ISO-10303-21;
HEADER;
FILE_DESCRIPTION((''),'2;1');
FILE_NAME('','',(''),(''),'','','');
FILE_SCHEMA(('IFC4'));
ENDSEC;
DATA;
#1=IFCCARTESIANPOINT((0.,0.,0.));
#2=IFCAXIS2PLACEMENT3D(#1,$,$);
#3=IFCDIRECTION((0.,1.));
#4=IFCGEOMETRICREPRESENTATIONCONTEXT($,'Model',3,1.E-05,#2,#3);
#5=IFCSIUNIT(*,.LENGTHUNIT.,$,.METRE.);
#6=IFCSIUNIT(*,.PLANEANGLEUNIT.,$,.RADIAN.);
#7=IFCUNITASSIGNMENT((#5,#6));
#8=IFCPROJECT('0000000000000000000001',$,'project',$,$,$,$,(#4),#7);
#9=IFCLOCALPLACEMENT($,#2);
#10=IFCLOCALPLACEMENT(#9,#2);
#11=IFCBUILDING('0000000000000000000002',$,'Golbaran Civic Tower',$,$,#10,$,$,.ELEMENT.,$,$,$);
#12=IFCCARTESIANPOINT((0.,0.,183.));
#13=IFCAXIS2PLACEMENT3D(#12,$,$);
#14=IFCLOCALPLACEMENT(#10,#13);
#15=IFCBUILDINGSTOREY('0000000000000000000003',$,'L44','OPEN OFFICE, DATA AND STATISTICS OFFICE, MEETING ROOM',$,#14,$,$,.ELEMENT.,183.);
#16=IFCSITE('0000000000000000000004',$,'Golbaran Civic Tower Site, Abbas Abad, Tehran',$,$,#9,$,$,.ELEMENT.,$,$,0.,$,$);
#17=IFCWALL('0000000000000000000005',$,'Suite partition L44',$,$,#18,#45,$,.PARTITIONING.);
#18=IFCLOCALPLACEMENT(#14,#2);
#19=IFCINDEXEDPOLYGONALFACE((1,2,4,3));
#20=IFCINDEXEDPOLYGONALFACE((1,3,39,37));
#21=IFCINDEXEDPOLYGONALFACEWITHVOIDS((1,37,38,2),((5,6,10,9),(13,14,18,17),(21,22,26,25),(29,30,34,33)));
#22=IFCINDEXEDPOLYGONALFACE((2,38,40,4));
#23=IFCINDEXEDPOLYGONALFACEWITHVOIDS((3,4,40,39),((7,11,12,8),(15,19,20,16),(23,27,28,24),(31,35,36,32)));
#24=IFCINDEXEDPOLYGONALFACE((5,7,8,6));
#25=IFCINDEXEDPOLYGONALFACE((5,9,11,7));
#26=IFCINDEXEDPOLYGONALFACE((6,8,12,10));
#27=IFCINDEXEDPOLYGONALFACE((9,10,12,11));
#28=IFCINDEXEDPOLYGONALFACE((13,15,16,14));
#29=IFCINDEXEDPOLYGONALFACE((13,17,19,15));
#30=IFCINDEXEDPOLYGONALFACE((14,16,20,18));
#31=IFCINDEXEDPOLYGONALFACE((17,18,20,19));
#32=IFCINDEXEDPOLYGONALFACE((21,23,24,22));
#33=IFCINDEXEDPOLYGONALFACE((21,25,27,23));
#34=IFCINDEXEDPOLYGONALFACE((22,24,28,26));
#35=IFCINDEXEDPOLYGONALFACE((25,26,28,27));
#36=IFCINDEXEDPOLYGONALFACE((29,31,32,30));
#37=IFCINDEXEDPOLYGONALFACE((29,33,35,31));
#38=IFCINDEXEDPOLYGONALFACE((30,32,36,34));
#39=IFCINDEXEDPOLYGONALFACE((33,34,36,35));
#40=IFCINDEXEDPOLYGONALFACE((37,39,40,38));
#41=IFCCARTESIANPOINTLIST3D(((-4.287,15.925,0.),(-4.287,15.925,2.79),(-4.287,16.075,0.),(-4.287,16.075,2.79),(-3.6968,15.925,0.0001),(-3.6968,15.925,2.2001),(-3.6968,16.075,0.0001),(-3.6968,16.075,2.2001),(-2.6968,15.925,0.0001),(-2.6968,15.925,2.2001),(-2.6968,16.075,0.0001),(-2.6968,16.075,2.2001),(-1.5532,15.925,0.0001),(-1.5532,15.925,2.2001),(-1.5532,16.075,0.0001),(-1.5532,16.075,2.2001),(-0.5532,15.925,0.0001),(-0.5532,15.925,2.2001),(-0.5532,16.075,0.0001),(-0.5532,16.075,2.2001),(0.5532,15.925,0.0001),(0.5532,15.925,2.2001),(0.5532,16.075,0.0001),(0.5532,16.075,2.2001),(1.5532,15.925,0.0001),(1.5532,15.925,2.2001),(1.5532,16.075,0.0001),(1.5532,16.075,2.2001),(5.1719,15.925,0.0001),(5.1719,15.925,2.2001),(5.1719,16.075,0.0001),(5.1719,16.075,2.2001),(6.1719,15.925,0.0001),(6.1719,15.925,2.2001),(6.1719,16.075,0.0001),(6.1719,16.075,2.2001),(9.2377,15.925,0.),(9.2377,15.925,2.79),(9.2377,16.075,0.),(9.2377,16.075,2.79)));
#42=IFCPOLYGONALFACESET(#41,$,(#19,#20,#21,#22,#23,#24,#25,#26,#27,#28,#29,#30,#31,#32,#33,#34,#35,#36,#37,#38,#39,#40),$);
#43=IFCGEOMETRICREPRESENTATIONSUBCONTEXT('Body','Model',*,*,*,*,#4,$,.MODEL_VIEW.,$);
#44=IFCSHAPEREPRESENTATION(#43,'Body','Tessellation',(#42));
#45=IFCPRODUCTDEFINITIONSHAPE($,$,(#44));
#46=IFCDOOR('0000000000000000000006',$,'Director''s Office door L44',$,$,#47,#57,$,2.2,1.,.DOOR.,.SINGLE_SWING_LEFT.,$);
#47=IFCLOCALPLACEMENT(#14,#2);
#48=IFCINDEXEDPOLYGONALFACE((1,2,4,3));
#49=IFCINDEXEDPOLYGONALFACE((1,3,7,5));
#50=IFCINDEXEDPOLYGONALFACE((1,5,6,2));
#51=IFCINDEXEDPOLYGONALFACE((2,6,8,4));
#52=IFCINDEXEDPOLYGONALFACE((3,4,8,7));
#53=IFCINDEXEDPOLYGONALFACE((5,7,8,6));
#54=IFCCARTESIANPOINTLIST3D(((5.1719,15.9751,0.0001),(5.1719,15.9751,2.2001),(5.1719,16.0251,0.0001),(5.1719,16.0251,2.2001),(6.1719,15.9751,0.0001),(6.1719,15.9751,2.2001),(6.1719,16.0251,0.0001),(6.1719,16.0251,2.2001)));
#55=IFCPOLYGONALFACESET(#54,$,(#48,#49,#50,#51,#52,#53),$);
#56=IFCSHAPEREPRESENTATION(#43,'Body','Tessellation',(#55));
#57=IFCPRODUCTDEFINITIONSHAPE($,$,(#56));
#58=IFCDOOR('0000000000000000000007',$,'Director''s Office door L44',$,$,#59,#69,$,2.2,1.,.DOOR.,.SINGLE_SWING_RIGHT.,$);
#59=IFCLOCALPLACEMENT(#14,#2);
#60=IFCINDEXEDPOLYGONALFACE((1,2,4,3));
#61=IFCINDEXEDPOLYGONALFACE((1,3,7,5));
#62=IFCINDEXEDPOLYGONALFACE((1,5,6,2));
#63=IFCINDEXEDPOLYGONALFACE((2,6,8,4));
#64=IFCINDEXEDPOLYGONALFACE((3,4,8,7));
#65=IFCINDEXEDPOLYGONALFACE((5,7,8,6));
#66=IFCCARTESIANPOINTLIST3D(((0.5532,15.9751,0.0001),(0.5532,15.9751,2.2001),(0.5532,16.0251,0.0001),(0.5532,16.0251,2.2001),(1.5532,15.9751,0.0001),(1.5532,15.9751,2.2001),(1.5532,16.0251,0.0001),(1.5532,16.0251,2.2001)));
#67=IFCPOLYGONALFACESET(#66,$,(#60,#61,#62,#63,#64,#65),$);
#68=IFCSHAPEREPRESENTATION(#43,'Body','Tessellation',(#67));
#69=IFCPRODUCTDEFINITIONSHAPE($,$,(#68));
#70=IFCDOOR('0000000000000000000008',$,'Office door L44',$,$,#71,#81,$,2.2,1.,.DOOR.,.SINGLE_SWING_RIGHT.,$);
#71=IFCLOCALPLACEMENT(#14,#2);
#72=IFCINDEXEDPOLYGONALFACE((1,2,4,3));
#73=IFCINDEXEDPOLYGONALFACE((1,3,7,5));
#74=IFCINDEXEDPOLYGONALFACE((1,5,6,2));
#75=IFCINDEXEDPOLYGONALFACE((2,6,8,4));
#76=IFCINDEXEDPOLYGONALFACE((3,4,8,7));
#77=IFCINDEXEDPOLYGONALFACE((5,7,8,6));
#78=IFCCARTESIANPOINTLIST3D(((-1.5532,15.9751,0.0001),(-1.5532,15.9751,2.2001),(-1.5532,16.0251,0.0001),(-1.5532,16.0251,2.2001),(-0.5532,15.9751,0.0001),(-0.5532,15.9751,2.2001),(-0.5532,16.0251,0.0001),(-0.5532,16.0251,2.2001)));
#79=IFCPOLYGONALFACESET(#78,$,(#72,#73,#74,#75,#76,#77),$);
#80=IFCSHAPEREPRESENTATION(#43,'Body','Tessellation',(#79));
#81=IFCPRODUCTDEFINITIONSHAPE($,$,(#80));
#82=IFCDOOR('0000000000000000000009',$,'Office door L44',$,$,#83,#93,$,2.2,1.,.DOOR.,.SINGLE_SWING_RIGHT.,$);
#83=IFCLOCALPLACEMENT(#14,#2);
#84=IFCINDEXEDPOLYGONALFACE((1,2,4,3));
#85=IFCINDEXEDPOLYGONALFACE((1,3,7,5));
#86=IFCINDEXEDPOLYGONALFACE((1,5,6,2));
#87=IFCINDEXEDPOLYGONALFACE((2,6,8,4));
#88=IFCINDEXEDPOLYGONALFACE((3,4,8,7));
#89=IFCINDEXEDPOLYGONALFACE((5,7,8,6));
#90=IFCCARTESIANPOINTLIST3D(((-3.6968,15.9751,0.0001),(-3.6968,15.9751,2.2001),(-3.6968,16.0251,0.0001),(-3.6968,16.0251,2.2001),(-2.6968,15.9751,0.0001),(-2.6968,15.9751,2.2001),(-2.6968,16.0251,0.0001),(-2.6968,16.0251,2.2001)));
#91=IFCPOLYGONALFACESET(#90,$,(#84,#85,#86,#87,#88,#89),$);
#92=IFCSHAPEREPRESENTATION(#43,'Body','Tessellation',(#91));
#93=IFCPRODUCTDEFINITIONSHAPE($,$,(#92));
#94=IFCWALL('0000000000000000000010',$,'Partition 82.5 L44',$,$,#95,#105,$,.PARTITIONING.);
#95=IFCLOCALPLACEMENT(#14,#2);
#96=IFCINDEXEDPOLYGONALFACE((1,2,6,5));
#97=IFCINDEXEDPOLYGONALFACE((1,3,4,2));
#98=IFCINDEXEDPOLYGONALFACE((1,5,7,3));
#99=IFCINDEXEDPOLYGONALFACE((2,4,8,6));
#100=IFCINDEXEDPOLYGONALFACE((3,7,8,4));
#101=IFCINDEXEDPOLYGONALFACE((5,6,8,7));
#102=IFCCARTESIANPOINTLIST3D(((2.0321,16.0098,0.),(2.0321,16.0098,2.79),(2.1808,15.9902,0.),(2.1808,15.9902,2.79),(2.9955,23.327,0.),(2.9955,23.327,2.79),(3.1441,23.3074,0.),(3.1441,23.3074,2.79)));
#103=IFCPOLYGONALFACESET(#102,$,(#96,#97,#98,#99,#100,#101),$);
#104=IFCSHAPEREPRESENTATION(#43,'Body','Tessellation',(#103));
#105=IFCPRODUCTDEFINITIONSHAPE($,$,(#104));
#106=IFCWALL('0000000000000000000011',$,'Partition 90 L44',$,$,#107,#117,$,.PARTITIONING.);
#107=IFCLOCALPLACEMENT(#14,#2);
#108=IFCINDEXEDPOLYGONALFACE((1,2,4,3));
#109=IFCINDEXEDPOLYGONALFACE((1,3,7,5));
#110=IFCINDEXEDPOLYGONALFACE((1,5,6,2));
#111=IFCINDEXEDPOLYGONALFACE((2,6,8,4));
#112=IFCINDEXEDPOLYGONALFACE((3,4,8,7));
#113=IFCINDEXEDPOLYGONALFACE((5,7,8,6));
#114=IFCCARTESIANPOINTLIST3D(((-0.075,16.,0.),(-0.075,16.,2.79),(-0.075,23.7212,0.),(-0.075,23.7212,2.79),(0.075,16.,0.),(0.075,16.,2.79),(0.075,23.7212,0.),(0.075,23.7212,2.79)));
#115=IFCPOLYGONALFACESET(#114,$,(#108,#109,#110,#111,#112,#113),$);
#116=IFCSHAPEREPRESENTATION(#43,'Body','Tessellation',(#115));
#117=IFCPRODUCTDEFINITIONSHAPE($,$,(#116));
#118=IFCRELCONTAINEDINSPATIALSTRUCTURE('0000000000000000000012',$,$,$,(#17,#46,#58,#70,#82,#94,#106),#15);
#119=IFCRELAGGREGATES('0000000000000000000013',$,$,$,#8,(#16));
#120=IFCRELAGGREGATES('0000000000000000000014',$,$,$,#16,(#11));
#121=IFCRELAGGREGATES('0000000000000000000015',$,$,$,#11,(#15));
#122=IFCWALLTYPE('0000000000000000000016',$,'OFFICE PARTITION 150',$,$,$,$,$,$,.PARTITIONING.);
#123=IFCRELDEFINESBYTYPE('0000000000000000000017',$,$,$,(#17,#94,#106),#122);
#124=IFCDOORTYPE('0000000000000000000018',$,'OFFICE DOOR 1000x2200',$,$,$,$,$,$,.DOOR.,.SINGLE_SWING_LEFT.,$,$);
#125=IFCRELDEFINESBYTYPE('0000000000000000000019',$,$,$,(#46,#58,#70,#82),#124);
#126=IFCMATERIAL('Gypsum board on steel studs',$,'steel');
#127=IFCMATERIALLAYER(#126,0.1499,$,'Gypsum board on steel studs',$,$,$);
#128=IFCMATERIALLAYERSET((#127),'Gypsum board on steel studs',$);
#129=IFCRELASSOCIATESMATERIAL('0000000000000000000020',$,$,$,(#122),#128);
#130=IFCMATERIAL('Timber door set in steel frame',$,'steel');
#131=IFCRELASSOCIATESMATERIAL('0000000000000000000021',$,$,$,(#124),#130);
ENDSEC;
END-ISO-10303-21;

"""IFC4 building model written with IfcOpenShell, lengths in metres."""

from ifc_helpers import new_model, si_unit, direction, frame, frame_2d, origin, place, context, subcontext, project, spatial, rectangle, extrude, material, layer, layer_set, type_object, element, fill, save


model = new_model("IFC4")

# Units and contexts
model_context = context("Model", 3, precision=1e-05, world=origin(), true_north=direction((0.0, 1.0)))
body_context = subcontext(model_context, "Body", "Model", "MODEL_VIEW")
ifc_project = project(units=[si_unit("LENGTHUNIT", "METRE"), si_unit("PLANEANGLEUNIT", "RADIAN")], contexts=[model_context])

# Site, building, storey
site_placement = place(None, origin())
site = spatial("IfcSite", under=ifc_project, at=site_placement, Name="Golbaran Civic Tower Site, Abbas Abad, Tehran", CompositionType="ELEMENT", RefElevation=0.0)
building_placement = place(site_placement, origin())
building = spatial("IfcBuilding", under=site, at=building_placement, Name="Golbaran Civic Tower", CompositionType="ELEMENT")
storey_placement = place(building_placement, frame((0.0, 0.0, 183.0)))
storey = spatial("IfcBuildingStorey", under=building, at=storey_placement, Name="L44", Description="OPEN OFFICE, DATA AND STATISTICS OFFICE, MEETING ROOM", CompositionType="ELEMENT", Elevation=183.0)

# Shared definitions
ifc_material_1 = material(Name="Timber door set in steel frame", Category="steel")

# Shared definitions
ifc_material_2 = material(Name="Gypsum board on steel studs", Category="steel")
ifc_layer_1 = layer(ifc_material_2, 0.1499, Name="Gypsum board on steel studs")
ifc_layer_set_1 = layer_set([ifc_layer_1], Name="Gypsum board on steel studs")
wall_type_1 = type_object("IfcWallType", Name="OFFICE PARTITION 150", PredefinedType="PARTITIONING", material=ifc_layer_set_1)

# Wall, openings, doors
wall_1_placement = place(storey_placement, frame((9.2375, 16.0, 0.0), z_axis=(0.0, 0.0, 1.0), x_axis=(-1.0, 0.0, 0.0)))
wall_1 = element("IfcWall", 1, at=wall_1_placement, inside=storey, type_object=wall_type_1, Name="Suite partition L44", PredefinedType="PARTITIONING", context=body_context, shape_type="SweptSolid", body=[
    extrude(rectangle(XDim=13.5247, YDim=0.1499, at=frame_2d((6.7622, 0.0))), origin(), (0.0, 0.0, 1.0), 2.79),
])
opening_1_placement = place(wall_1_placement, frame((3.0657, 0.0, 0.0)))
opening_1 = element("IfcOpeningElement", 2, at=opening_1_placement, cuts=wall_1, PredefinedType="OPENING", context=body_context, shape_type="SweptSolid", body=[
    extrude(rectangle(XDim=1.0, YDim=2.2, at=frame_2d((0.5, 1.1001))), frame((0.0, 0.085, 0.0), z_axis=(0.0, -1.0, 0.0), x_axis=(1.0, 0.0, 0.0)), (0.0, 0.0, 1.0), 0.1699),
])
opening_2_placement = place(wall_1_placement, frame((7.6843, 0.0, 0.0)))
opening_2 = element("IfcOpeningElement", 3, at=opening_2_placement, cuts=wall_1, PredefinedType="OPENING", context=body_context, shape_type="SweptSolid", body=[
    extrude(rectangle(XDim=1.0, YDim=2.2, at=frame_2d((0.5, 1.1001))), frame((0.0, 0.085, 0.0), z_axis=(0.0, -1.0, 0.0), x_axis=(1.0, 0.0, 0.0)), (0.0, 0.0, 1.0), 0.1699),
])
opening_3_placement = place(wall_1_placement, frame((9.7908, 0.0, 0.0)))
opening_3 = element("IfcOpeningElement", 4, at=opening_3_placement, cuts=wall_1, PredefinedType="OPENING", context=body_context, shape_type="SweptSolid", body=[
    extrude(rectangle(XDim=1.0, YDim=2.2, at=frame_2d((0.5, 1.1001))), frame((0.0, 0.085, 0.0), z_axis=(0.0, -1.0, 0.0), x_axis=(1.0, 0.0, 0.0)), (0.0, 0.0, 1.0), 0.1699),
])
opening_4_placement = place(wall_1_placement, frame((11.9343, 0.0, 0.0)))
opening_4 = element("IfcOpeningElement", 5, at=opening_4_placement, cuts=wall_1, PredefinedType="OPENING", context=body_context, shape_type="SweptSolid", body=[
    extrude(rectangle(XDim=1.0, YDim=2.2, at=frame_2d((0.5, 1.1001))), frame((0.0, 0.085, 0.0), z_axis=(0.0, -1.0, 0.0), x_axis=(1.0, 0.0, 0.0)), (0.0, 0.0, 1.0), 0.1699),
])
door_type_1 = type_object("IfcDoorType", Name="OFFICE DOOR 1000x2200", OperationType="SINGLE_SWING_LEFT", PredefinedType="DOOR", material=ifc_material_1)
door_1_placement = place(opening_1_placement, origin())
door_1 = element("IfcDoor", 6, at=door_1_placement, inside=storey, type_object=door_type_1, Name="Director's Office door L44", OperationType="SINGLE_SWING_LEFT", OverallHeight=2.2, OverallWidth=1.0, PredefinedType="DOOR", context=body_context, shape_type="SweptSolid", body=[
    extrude(rectangle(XDim=1.0, YDim=2.2, at=frame_2d((0.5, 1.1001))), frame((0.0, 0.0249, 0.0), z_axis=(0.0, -1.0, 0.0), x_axis=(1.0, 0.0, 0.0)), (0.0, 0.0, 1.0), 0.05),
])
fill(opening_1, door_1)
door_2_placement = place(opening_2_placement, origin())
door_2 = element("IfcDoor", 7, at=door_2_placement, inside=storey, type_object=door_type_1, Name="Director's Office door L44", OperationType="SINGLE_SWING_RIGHT", OverallHeight=2.2, OverallWidth=1.0, PredefinedType="DOOR", context=body_context, shape_type="SweptSolid", body=[
    extrude(rectangle(XDim=1.0, YDim=2.2, at=frame_2d((0.5, 1.1001))), frame((0.0, 0.0249, 0.0), z_axis=(0.0, -1.0, 0.0), x_axis=(1.0, 0.0, 0.0)), (0.0, 0.0, 1.0), 0.05),
])
fill(opening_2, door_2)
door_3_placement = place(opening_3_placement, origin())
door_3 = element("IfcDoor", 8, at=door_3_placement, inside=storey, type_object=door_type_1, Name="Office door L44", OperationType="SINGLE_SWING_RIGHT", OverallHeight=2.2, OverallWidth=1.0, PredefinedType="DOOR", context=body_context, shape_type="SweptSolid", body=[
    extrude(rectangle(XDim=1.0, YDim=2.2, at=frame_2d((0.5, 1.1001))), frame((0.0, 0.0249, 0.0), z_axis=(0.0, -1.0, 0.0), x_axis=(1.0, 0.0, 0.0)), (0.0, 0.0, 1.0), 0.05),
])
fill(opening_3, door_3)
door_4_placement = place(opening_4_placement, origin())
door_4 = element("IfcDoor", 9, at=door_4_placement, inside=storey, type_object=door_type_1, Name="Office door L44", OperationType="SINGLE_SWING_RIGHT", OverallHeight=2.2, OverallWidth=1.0, PredefinedType="DOOR", context=body_context, shape_type="SweptSolid", body=[
    extrude(rectangle(XDim=1.0, YDim=2.2, at=frame_2d((0.5, 1.1001))), frame((0.0, 0.0249, 0.0), z_axis=(0.0, -1.0, 0.0), x_axis=(1.0, 0.0, 0.0)), (0.0, 0.0, 1.0), 0.05),
])
fill(opening_4, door_4)

# Walls
wall_2_placement = place(storey_placement, frame((2.1064, 16.0, 0.0), z_axis=(0.0, 0.0, 1.0), x_axis=(0.130534, 0.991444, 0.0)))
element("IfcWall", 10, at=wall_2_placement, inside=storey, type_object=wall_type_1, Name="Partition 82.5 L44", PredefinedType="PARTITIONING", context=body_context, shape_type="SweptSolid", body=[
    extrude(rectangle(XDim=7.3804, YDim=0.1499, at=frame_2d((3.6902, 0.0))), origin(), (0.0, 0.0, 1.0), 2.79),
])
wall_3_placement = place(storey_placement, frame((0.0, 16.0, 0.0), z_axis=(0.0, 0.0, 1.0), x_axis=(0.0, 1.0, 0.0)))
element("IfcWall", 11, at=wall_3_placement, inside=storey, type_object=wall_type_1, Name="Partition 90 L44", PredefinedType="PARTITIONING", context=body_context, shape_type="SweptSolid", body=[
    extrude(rectangle(XDim=7.7212, YDim=0.1499, at=frame_2d((3.8606, 0.0))), origin(), (0.0, 0.0, 1.0), 2.79),
])

save(model, "model.ifc")
